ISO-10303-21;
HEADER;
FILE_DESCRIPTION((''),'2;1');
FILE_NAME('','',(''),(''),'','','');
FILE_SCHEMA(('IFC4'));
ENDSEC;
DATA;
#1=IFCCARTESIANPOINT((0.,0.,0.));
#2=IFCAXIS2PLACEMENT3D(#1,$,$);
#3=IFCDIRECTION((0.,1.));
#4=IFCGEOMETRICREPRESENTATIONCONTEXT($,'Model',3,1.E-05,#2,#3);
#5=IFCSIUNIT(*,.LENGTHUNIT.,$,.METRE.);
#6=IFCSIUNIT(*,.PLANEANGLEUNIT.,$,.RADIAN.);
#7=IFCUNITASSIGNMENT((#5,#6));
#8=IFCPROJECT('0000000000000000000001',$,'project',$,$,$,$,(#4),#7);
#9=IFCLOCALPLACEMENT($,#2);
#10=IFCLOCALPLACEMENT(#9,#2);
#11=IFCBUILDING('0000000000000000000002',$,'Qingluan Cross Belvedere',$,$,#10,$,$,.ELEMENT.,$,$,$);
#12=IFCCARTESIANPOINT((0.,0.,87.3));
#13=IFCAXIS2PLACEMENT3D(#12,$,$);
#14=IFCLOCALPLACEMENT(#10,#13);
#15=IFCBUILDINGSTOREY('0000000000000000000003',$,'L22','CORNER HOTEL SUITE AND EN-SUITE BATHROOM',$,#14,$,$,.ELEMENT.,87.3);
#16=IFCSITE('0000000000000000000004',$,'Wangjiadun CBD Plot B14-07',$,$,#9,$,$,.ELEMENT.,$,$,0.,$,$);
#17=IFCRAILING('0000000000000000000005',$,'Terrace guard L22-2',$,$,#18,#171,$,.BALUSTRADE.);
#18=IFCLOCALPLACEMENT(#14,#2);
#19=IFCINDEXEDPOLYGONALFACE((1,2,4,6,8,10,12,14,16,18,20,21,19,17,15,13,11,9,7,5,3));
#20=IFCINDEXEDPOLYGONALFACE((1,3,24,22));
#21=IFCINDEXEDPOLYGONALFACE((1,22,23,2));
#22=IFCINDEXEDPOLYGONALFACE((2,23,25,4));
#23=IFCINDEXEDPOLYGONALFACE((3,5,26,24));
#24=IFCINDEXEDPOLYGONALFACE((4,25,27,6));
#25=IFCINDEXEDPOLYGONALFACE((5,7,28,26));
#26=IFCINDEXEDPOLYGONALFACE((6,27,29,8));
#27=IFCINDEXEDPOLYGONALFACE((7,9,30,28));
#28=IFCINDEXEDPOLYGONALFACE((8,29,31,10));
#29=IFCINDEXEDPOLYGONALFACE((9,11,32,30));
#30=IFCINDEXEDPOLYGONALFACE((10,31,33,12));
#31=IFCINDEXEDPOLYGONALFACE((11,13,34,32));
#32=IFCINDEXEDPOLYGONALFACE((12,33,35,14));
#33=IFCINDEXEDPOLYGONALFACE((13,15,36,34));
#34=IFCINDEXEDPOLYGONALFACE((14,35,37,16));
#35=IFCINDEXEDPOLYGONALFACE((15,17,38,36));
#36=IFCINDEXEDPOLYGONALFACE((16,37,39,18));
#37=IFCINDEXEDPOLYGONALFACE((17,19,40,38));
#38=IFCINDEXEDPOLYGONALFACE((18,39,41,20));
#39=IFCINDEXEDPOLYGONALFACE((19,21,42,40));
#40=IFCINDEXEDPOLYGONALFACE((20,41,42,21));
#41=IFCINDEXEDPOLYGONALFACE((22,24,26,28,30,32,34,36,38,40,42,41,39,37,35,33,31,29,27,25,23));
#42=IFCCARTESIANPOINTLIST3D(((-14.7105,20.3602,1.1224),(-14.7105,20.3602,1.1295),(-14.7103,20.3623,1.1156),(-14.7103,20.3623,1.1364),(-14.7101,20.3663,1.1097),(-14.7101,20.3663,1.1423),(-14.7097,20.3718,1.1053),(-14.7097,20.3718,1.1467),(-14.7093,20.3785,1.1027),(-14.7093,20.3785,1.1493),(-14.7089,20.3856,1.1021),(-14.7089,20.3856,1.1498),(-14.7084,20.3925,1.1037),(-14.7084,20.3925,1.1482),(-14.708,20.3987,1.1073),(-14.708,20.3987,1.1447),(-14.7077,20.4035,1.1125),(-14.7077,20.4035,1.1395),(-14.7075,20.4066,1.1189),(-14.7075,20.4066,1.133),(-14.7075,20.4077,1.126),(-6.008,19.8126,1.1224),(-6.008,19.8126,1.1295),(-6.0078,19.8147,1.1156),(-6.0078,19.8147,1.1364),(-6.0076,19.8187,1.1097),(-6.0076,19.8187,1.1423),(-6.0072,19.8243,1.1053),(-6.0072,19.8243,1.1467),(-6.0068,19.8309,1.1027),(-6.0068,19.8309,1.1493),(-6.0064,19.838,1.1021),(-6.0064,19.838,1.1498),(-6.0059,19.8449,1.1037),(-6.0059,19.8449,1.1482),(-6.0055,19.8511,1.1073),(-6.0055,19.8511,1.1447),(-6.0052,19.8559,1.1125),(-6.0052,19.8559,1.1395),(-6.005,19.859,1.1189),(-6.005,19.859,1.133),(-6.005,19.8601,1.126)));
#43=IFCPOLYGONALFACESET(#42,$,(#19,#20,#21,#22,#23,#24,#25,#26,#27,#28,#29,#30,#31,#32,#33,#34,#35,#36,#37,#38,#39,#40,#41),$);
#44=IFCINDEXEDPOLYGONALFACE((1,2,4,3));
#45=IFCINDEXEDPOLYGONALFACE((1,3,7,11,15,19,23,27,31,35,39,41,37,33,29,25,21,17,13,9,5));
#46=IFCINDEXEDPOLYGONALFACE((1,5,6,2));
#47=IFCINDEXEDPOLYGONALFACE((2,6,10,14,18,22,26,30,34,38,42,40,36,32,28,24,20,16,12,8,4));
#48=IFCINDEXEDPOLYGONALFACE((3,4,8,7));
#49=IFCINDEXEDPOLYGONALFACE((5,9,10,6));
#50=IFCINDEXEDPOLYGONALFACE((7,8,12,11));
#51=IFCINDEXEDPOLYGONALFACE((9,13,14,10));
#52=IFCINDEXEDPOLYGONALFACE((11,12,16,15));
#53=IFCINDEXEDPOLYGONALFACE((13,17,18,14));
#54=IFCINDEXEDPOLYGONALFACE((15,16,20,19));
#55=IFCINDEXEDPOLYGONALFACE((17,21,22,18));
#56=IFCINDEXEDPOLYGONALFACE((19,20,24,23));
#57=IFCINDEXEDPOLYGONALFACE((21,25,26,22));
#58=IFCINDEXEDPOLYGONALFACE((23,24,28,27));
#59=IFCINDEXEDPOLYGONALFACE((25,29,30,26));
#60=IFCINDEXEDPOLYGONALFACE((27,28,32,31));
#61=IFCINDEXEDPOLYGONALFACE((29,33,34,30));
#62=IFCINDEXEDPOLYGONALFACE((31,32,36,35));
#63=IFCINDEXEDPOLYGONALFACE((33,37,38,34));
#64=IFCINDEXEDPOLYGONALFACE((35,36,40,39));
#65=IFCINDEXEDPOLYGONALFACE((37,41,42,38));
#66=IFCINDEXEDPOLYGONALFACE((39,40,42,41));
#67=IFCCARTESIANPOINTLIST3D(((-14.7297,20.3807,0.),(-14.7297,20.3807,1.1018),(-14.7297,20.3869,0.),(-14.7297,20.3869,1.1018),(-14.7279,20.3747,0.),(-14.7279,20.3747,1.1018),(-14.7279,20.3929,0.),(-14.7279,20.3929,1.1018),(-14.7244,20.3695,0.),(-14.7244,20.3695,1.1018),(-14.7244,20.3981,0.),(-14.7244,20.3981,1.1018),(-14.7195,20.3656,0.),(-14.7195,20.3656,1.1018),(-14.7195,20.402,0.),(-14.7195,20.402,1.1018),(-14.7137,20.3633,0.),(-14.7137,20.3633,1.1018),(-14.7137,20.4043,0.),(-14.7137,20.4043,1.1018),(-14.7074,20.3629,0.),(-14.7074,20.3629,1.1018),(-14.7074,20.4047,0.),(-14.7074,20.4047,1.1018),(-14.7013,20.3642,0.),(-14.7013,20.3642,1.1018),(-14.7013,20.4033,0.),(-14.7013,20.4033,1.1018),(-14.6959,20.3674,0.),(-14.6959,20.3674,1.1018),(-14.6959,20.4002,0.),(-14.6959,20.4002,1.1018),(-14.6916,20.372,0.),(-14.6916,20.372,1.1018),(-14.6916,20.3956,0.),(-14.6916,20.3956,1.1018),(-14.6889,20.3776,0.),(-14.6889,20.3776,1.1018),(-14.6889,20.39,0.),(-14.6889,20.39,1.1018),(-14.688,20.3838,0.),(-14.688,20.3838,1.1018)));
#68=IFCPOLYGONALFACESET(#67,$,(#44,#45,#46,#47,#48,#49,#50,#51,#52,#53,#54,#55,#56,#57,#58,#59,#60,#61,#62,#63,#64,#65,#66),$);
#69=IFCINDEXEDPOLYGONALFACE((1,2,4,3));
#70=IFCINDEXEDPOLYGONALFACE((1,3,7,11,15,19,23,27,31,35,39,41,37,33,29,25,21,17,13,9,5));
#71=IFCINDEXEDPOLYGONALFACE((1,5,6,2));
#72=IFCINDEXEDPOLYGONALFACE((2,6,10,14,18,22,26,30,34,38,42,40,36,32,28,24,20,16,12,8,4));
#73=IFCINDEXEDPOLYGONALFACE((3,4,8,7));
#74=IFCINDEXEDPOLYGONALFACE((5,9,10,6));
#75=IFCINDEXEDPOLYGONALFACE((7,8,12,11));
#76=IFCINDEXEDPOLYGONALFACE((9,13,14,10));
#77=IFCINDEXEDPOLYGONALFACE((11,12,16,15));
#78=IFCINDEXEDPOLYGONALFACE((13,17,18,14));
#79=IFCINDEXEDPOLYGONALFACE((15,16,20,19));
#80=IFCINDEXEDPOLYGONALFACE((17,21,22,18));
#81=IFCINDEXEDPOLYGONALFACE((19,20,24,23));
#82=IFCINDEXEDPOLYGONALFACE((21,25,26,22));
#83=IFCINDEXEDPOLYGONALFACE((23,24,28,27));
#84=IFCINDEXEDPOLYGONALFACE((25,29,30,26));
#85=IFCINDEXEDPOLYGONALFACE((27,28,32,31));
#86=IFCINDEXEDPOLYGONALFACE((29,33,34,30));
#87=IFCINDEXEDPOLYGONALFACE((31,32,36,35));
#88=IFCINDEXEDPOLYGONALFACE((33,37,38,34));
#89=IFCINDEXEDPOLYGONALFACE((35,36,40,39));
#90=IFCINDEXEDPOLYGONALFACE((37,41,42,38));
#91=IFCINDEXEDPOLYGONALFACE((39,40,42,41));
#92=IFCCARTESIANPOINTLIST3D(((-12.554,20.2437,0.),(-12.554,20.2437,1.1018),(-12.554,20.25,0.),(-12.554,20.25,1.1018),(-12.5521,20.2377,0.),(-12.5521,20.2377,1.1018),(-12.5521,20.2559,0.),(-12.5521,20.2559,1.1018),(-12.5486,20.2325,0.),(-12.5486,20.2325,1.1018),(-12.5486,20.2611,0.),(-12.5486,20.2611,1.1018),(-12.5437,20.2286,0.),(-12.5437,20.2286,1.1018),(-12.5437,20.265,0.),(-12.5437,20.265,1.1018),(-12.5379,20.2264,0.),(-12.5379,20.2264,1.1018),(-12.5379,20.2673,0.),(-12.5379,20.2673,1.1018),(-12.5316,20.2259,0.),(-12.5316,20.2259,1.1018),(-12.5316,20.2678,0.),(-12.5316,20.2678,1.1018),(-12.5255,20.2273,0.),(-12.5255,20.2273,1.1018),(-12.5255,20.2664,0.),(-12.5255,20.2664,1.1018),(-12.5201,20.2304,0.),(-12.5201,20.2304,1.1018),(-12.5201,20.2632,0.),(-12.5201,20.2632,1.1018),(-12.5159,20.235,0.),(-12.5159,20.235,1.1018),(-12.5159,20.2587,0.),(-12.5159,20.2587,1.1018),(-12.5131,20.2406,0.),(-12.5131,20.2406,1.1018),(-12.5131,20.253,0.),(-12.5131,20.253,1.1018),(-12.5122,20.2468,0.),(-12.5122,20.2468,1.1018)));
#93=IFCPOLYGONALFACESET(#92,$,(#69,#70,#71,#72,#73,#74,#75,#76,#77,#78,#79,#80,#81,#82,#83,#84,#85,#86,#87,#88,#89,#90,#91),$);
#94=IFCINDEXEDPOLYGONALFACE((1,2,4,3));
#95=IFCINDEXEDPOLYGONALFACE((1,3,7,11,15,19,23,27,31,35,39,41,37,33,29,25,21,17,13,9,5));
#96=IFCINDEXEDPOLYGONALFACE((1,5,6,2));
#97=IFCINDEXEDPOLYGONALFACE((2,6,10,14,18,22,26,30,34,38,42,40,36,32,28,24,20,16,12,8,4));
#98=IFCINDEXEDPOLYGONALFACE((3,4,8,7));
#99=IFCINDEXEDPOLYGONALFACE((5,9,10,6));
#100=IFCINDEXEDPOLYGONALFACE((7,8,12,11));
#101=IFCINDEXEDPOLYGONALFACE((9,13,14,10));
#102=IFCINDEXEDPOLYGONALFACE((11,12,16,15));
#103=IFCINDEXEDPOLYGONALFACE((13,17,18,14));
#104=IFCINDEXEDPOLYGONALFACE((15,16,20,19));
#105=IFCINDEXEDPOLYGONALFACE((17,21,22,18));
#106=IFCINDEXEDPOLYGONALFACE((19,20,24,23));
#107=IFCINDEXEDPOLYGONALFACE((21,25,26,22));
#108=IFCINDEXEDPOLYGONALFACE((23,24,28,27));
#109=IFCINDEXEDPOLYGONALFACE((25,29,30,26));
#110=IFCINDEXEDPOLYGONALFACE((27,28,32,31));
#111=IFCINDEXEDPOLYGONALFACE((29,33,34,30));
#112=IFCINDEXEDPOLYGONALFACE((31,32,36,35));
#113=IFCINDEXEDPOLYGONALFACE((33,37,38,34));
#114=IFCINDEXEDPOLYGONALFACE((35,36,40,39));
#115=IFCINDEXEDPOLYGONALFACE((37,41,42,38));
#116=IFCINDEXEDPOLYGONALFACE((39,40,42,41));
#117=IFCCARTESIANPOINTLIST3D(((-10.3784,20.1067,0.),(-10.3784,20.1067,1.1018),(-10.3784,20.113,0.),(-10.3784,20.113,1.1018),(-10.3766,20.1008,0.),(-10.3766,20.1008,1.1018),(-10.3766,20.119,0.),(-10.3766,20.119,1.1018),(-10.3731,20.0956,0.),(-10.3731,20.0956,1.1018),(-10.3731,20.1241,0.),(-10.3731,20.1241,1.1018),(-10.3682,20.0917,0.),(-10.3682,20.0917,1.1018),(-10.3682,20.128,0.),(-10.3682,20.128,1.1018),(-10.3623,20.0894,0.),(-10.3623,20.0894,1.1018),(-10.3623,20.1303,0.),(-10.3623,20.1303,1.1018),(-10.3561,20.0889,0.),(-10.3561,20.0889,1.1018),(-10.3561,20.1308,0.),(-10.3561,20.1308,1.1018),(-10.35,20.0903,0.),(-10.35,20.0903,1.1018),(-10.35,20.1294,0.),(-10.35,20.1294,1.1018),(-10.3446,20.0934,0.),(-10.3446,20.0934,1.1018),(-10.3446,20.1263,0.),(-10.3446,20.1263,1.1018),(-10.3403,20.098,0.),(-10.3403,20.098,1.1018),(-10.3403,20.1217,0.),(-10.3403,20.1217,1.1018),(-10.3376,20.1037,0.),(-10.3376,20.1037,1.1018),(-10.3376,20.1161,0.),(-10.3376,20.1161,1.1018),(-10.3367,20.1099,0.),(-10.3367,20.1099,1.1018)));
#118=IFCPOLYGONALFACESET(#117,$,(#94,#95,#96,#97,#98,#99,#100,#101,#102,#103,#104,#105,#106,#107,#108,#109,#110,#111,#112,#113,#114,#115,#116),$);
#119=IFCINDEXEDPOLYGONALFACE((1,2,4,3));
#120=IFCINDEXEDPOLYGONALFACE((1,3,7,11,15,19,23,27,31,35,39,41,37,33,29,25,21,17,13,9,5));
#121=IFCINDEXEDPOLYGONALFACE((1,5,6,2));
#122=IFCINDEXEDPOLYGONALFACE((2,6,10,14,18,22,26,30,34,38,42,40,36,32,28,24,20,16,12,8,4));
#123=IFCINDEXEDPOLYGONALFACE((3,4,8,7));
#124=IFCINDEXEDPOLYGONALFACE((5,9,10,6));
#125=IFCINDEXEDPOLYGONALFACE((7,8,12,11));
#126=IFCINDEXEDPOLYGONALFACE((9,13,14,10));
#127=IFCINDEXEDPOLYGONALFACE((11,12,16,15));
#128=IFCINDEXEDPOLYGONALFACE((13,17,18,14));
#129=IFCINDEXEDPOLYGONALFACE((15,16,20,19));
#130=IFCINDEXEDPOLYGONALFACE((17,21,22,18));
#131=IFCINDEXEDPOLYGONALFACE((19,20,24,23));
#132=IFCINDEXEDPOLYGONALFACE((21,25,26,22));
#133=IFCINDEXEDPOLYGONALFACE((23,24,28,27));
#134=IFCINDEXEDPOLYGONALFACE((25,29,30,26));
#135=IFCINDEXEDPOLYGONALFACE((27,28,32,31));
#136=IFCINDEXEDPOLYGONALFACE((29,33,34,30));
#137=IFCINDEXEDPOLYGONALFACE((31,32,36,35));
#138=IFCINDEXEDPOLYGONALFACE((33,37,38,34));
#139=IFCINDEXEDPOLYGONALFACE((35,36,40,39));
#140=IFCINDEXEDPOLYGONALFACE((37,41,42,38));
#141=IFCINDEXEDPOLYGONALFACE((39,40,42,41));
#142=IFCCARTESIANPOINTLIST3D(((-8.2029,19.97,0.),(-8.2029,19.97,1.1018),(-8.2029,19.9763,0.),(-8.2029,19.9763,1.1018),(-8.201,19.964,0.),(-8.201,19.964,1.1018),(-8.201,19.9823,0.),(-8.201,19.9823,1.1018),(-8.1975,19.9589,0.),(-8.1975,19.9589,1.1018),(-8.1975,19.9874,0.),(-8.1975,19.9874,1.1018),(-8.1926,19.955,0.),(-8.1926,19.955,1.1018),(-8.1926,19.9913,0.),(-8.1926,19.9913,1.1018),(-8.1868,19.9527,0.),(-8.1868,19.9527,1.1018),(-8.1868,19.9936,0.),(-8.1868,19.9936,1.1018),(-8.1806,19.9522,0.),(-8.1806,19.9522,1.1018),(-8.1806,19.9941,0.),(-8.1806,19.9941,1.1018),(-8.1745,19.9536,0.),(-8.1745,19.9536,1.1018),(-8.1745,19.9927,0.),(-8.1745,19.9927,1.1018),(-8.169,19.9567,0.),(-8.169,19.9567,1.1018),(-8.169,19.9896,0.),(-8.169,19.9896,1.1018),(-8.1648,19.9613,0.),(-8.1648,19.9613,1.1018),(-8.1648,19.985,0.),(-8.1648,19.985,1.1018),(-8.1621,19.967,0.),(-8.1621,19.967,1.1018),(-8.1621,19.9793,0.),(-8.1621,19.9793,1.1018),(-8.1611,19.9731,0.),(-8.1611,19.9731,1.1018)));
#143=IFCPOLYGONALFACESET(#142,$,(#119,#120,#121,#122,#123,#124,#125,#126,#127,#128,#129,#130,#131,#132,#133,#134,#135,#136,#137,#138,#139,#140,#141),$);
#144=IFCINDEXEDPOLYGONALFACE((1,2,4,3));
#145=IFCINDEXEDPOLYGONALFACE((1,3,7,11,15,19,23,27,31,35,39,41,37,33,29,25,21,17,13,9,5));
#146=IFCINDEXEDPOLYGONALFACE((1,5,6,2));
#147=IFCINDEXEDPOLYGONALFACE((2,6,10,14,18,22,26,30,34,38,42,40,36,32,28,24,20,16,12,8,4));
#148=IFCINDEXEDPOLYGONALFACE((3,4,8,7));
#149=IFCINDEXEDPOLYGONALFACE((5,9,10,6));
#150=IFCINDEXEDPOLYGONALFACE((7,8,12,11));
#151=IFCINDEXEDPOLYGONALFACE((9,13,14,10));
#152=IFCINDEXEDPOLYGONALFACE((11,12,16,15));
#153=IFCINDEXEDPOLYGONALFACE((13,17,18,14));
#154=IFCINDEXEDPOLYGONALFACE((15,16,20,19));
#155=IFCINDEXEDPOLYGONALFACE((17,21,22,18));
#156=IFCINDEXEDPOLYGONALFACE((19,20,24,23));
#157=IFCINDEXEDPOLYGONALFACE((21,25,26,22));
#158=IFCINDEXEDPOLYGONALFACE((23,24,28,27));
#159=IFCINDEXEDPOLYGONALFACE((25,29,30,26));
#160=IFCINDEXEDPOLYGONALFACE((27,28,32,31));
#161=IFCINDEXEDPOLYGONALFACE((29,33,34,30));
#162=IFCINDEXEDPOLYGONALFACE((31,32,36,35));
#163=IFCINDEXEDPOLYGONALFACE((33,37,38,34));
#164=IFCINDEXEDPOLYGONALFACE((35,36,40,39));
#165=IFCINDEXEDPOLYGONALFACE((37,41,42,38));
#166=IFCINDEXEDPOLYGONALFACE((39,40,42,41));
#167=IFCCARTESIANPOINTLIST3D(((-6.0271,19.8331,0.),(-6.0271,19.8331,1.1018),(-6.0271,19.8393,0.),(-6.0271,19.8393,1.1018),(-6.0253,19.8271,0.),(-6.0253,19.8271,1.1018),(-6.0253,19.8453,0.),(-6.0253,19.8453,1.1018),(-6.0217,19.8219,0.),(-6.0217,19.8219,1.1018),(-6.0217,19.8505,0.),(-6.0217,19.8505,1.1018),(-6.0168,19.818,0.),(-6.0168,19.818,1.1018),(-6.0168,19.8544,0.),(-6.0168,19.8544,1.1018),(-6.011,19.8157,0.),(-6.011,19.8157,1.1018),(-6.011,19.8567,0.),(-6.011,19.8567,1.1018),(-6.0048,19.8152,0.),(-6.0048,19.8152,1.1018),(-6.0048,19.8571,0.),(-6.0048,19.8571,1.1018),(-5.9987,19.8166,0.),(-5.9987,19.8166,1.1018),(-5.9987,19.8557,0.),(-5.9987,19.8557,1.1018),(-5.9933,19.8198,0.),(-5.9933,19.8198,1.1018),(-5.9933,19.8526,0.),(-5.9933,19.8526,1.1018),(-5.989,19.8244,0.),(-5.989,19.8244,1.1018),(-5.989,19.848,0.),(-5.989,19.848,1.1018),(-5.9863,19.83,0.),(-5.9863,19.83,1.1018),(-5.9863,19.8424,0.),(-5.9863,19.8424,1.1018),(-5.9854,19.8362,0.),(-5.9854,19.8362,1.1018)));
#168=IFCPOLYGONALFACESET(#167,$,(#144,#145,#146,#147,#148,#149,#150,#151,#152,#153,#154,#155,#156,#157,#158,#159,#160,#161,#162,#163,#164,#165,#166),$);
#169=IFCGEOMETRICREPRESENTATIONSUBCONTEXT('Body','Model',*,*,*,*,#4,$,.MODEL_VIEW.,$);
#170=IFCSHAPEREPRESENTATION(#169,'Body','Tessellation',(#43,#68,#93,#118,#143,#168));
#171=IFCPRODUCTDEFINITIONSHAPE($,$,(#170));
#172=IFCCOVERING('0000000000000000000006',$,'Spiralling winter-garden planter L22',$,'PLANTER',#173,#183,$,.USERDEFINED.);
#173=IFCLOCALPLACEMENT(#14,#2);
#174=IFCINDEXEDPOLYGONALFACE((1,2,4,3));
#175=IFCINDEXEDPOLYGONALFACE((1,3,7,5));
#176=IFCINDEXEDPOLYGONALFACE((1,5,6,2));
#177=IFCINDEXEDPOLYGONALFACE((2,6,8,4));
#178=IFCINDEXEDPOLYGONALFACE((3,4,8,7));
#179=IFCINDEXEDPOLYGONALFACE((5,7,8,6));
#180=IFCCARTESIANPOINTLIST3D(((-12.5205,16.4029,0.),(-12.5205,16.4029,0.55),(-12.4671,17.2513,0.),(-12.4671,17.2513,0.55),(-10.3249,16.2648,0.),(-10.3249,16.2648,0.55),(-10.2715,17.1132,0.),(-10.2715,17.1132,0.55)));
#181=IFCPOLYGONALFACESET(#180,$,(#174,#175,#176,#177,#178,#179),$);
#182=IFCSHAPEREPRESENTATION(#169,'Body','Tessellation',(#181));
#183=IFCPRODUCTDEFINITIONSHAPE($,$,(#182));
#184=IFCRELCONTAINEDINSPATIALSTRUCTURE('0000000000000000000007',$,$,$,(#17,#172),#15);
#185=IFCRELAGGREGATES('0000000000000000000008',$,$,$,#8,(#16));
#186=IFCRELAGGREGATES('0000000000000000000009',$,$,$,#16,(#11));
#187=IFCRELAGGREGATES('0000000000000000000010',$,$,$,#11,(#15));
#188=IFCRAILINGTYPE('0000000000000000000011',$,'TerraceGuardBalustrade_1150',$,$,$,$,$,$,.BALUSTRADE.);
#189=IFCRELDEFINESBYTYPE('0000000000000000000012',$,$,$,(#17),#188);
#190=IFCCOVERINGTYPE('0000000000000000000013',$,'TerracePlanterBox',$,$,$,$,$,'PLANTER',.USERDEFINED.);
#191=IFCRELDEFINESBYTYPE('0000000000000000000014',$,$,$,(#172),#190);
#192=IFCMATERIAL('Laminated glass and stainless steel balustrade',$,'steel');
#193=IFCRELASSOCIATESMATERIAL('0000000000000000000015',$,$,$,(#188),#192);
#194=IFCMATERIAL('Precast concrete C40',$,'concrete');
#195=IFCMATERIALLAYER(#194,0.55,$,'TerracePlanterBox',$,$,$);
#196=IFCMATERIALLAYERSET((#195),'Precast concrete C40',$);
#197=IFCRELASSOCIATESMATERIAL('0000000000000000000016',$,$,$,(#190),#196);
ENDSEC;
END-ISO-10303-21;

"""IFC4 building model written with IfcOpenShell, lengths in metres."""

from ifc_helpers import new_model, si_unit, direction, frame, origin, origin_2d, place, context, subcontext, project, spatial, rectangle, circle, extrude, material, layer, layer_set, type_object, element, save


model = new_model("IFC4")

# Units and contexts
model_context = context("Model", 3, precision=1e-05, world=origin(), true_north=direction((0.0, 1.0)))
body_context = subcontext(model_context, "Body", "Model", "MODEL_VIEW")
ifc_project = project(units=[si_unit("LENGTHUNIT", "METRE"), si_unit("PLANEANGLEUNIT", "RADIAN")], contexts=[model_context])

# Site, building, storey
site_placement = place(None, origin())
site = spatial("IfcSite", under=ifc_project, at=site_placement, Name="Wangjiadun CBD Plot B14-07", CompositionType="ELEMENT", RefElevation=0.0)
building_placement = place(site_placement, origin())
building = spatial("IfcBuilding", under=site, at=building_placement, Name="Qingluan Cross Belvedere", CompositionType="ELEMENT")
storey_placement = place(building_placement, frame((0.0, 0.0, 87.3)))
storey = spatial("IfcBuildingStorey", under=building, at=storey_placement, Name="L22", Description="CORNER HOTEL SUITE AND EN-SUITE BATHROOM", CompositionType="ELEMENT", Elevation=87.3)

# Railing
ifc_material_1 = material(Name="Laminated glass and stainless steel balustrade", Category="steel")
railing_type = type_object("IfcRailingType", Name="TerraceGuardBalustrade_1150", PredefinedType="BALUSTRADE", material=ifc_material_1)
railing_placement = place(storey_placement, frame((-14.709, 20.3838, 0.0)))
element("IfcRailing", 1, at=railing_placement, inside=storey, type_object=railing_type, Name="Terrace guard L22-2", PredefinedType="BALUSTRADE", context=body_context, shape_type="SweptSolid", body=[
    extrude(circle(Radius=0.0239, at=origin_2d()), frame((0.0, 0.0, 1.126), z_axis=(0.998026, -0.0628, 0.0), x_axis=(0.0628, 0.998026, 0.0)), (0.0, 0.0, 1.0), 8.7197),
    extrude(circle(Radius=0.021, at=origin_2d()), origin(), (0.0, 0.0, 1.0), 1.1018),
    extrude(circle(Radius=0.021, at=origin_2d()), frame((2.1758, -0.137, 0.0)), (0.0, 0.0, 1.0), 1.1018),
    extrude(circle(Radius=0.021, at=origin_2d()), frame((4.3513, -0.2739, 0.0)), (0.0, 0.0, 1.0), 1.1018),
    extrude(circle(Radius=0.021, at=origin_2d()), frame((6.5269, -0.4106, 0.0)), (0.0, 0.0, 1.0), 1.1018),
    extrude(circle(Radius=0.021, at=origin_2d()), frame((8.7026, -0.5476, 0.0)), (0.0, 0.0, 1.0), 1.1018),
])

# Covering
ifc_material_2 = material(Name="Precast concrete C40", Category="concrete")
ifc_layer_1 = layer(ifc_material_2, 0.55, Name="TerracePlanterBox")
ifc_layer_set_1 = layer_set([ifc_layer_1], Name="Precast concrete C40")
covering_type_1 = type_object("IfcCoveringType", Name="TerracePlanterBox", ElementType="PLANTER", PredefinedType="USERDEFINED", material=ifc_layer_set_1)
covering_1_placement = place(storey_placement, frame((-11.396, 16.7581, 0.0), z_axis=(0.0, 0.0, 1.0), x_axis=(0.998027, -0.062791, 0.0)))
element("IfcCovering", 2, at=covering_1_placement, inside=storey, type_object=covering_type_1, Name="Spiralling winter-garden planter L22", ObjectType="PLANTER", PredefinedType="USERDEFINED", context=body_context, shape_type="SweptSolid", body=[
    extrude(rectangle(XDim=2.2, YDim=0.8501, at=origin_2d()), origin(), (0.0, 0.0, 1.0), 0.55),
])

save(model, "model.ifc")
